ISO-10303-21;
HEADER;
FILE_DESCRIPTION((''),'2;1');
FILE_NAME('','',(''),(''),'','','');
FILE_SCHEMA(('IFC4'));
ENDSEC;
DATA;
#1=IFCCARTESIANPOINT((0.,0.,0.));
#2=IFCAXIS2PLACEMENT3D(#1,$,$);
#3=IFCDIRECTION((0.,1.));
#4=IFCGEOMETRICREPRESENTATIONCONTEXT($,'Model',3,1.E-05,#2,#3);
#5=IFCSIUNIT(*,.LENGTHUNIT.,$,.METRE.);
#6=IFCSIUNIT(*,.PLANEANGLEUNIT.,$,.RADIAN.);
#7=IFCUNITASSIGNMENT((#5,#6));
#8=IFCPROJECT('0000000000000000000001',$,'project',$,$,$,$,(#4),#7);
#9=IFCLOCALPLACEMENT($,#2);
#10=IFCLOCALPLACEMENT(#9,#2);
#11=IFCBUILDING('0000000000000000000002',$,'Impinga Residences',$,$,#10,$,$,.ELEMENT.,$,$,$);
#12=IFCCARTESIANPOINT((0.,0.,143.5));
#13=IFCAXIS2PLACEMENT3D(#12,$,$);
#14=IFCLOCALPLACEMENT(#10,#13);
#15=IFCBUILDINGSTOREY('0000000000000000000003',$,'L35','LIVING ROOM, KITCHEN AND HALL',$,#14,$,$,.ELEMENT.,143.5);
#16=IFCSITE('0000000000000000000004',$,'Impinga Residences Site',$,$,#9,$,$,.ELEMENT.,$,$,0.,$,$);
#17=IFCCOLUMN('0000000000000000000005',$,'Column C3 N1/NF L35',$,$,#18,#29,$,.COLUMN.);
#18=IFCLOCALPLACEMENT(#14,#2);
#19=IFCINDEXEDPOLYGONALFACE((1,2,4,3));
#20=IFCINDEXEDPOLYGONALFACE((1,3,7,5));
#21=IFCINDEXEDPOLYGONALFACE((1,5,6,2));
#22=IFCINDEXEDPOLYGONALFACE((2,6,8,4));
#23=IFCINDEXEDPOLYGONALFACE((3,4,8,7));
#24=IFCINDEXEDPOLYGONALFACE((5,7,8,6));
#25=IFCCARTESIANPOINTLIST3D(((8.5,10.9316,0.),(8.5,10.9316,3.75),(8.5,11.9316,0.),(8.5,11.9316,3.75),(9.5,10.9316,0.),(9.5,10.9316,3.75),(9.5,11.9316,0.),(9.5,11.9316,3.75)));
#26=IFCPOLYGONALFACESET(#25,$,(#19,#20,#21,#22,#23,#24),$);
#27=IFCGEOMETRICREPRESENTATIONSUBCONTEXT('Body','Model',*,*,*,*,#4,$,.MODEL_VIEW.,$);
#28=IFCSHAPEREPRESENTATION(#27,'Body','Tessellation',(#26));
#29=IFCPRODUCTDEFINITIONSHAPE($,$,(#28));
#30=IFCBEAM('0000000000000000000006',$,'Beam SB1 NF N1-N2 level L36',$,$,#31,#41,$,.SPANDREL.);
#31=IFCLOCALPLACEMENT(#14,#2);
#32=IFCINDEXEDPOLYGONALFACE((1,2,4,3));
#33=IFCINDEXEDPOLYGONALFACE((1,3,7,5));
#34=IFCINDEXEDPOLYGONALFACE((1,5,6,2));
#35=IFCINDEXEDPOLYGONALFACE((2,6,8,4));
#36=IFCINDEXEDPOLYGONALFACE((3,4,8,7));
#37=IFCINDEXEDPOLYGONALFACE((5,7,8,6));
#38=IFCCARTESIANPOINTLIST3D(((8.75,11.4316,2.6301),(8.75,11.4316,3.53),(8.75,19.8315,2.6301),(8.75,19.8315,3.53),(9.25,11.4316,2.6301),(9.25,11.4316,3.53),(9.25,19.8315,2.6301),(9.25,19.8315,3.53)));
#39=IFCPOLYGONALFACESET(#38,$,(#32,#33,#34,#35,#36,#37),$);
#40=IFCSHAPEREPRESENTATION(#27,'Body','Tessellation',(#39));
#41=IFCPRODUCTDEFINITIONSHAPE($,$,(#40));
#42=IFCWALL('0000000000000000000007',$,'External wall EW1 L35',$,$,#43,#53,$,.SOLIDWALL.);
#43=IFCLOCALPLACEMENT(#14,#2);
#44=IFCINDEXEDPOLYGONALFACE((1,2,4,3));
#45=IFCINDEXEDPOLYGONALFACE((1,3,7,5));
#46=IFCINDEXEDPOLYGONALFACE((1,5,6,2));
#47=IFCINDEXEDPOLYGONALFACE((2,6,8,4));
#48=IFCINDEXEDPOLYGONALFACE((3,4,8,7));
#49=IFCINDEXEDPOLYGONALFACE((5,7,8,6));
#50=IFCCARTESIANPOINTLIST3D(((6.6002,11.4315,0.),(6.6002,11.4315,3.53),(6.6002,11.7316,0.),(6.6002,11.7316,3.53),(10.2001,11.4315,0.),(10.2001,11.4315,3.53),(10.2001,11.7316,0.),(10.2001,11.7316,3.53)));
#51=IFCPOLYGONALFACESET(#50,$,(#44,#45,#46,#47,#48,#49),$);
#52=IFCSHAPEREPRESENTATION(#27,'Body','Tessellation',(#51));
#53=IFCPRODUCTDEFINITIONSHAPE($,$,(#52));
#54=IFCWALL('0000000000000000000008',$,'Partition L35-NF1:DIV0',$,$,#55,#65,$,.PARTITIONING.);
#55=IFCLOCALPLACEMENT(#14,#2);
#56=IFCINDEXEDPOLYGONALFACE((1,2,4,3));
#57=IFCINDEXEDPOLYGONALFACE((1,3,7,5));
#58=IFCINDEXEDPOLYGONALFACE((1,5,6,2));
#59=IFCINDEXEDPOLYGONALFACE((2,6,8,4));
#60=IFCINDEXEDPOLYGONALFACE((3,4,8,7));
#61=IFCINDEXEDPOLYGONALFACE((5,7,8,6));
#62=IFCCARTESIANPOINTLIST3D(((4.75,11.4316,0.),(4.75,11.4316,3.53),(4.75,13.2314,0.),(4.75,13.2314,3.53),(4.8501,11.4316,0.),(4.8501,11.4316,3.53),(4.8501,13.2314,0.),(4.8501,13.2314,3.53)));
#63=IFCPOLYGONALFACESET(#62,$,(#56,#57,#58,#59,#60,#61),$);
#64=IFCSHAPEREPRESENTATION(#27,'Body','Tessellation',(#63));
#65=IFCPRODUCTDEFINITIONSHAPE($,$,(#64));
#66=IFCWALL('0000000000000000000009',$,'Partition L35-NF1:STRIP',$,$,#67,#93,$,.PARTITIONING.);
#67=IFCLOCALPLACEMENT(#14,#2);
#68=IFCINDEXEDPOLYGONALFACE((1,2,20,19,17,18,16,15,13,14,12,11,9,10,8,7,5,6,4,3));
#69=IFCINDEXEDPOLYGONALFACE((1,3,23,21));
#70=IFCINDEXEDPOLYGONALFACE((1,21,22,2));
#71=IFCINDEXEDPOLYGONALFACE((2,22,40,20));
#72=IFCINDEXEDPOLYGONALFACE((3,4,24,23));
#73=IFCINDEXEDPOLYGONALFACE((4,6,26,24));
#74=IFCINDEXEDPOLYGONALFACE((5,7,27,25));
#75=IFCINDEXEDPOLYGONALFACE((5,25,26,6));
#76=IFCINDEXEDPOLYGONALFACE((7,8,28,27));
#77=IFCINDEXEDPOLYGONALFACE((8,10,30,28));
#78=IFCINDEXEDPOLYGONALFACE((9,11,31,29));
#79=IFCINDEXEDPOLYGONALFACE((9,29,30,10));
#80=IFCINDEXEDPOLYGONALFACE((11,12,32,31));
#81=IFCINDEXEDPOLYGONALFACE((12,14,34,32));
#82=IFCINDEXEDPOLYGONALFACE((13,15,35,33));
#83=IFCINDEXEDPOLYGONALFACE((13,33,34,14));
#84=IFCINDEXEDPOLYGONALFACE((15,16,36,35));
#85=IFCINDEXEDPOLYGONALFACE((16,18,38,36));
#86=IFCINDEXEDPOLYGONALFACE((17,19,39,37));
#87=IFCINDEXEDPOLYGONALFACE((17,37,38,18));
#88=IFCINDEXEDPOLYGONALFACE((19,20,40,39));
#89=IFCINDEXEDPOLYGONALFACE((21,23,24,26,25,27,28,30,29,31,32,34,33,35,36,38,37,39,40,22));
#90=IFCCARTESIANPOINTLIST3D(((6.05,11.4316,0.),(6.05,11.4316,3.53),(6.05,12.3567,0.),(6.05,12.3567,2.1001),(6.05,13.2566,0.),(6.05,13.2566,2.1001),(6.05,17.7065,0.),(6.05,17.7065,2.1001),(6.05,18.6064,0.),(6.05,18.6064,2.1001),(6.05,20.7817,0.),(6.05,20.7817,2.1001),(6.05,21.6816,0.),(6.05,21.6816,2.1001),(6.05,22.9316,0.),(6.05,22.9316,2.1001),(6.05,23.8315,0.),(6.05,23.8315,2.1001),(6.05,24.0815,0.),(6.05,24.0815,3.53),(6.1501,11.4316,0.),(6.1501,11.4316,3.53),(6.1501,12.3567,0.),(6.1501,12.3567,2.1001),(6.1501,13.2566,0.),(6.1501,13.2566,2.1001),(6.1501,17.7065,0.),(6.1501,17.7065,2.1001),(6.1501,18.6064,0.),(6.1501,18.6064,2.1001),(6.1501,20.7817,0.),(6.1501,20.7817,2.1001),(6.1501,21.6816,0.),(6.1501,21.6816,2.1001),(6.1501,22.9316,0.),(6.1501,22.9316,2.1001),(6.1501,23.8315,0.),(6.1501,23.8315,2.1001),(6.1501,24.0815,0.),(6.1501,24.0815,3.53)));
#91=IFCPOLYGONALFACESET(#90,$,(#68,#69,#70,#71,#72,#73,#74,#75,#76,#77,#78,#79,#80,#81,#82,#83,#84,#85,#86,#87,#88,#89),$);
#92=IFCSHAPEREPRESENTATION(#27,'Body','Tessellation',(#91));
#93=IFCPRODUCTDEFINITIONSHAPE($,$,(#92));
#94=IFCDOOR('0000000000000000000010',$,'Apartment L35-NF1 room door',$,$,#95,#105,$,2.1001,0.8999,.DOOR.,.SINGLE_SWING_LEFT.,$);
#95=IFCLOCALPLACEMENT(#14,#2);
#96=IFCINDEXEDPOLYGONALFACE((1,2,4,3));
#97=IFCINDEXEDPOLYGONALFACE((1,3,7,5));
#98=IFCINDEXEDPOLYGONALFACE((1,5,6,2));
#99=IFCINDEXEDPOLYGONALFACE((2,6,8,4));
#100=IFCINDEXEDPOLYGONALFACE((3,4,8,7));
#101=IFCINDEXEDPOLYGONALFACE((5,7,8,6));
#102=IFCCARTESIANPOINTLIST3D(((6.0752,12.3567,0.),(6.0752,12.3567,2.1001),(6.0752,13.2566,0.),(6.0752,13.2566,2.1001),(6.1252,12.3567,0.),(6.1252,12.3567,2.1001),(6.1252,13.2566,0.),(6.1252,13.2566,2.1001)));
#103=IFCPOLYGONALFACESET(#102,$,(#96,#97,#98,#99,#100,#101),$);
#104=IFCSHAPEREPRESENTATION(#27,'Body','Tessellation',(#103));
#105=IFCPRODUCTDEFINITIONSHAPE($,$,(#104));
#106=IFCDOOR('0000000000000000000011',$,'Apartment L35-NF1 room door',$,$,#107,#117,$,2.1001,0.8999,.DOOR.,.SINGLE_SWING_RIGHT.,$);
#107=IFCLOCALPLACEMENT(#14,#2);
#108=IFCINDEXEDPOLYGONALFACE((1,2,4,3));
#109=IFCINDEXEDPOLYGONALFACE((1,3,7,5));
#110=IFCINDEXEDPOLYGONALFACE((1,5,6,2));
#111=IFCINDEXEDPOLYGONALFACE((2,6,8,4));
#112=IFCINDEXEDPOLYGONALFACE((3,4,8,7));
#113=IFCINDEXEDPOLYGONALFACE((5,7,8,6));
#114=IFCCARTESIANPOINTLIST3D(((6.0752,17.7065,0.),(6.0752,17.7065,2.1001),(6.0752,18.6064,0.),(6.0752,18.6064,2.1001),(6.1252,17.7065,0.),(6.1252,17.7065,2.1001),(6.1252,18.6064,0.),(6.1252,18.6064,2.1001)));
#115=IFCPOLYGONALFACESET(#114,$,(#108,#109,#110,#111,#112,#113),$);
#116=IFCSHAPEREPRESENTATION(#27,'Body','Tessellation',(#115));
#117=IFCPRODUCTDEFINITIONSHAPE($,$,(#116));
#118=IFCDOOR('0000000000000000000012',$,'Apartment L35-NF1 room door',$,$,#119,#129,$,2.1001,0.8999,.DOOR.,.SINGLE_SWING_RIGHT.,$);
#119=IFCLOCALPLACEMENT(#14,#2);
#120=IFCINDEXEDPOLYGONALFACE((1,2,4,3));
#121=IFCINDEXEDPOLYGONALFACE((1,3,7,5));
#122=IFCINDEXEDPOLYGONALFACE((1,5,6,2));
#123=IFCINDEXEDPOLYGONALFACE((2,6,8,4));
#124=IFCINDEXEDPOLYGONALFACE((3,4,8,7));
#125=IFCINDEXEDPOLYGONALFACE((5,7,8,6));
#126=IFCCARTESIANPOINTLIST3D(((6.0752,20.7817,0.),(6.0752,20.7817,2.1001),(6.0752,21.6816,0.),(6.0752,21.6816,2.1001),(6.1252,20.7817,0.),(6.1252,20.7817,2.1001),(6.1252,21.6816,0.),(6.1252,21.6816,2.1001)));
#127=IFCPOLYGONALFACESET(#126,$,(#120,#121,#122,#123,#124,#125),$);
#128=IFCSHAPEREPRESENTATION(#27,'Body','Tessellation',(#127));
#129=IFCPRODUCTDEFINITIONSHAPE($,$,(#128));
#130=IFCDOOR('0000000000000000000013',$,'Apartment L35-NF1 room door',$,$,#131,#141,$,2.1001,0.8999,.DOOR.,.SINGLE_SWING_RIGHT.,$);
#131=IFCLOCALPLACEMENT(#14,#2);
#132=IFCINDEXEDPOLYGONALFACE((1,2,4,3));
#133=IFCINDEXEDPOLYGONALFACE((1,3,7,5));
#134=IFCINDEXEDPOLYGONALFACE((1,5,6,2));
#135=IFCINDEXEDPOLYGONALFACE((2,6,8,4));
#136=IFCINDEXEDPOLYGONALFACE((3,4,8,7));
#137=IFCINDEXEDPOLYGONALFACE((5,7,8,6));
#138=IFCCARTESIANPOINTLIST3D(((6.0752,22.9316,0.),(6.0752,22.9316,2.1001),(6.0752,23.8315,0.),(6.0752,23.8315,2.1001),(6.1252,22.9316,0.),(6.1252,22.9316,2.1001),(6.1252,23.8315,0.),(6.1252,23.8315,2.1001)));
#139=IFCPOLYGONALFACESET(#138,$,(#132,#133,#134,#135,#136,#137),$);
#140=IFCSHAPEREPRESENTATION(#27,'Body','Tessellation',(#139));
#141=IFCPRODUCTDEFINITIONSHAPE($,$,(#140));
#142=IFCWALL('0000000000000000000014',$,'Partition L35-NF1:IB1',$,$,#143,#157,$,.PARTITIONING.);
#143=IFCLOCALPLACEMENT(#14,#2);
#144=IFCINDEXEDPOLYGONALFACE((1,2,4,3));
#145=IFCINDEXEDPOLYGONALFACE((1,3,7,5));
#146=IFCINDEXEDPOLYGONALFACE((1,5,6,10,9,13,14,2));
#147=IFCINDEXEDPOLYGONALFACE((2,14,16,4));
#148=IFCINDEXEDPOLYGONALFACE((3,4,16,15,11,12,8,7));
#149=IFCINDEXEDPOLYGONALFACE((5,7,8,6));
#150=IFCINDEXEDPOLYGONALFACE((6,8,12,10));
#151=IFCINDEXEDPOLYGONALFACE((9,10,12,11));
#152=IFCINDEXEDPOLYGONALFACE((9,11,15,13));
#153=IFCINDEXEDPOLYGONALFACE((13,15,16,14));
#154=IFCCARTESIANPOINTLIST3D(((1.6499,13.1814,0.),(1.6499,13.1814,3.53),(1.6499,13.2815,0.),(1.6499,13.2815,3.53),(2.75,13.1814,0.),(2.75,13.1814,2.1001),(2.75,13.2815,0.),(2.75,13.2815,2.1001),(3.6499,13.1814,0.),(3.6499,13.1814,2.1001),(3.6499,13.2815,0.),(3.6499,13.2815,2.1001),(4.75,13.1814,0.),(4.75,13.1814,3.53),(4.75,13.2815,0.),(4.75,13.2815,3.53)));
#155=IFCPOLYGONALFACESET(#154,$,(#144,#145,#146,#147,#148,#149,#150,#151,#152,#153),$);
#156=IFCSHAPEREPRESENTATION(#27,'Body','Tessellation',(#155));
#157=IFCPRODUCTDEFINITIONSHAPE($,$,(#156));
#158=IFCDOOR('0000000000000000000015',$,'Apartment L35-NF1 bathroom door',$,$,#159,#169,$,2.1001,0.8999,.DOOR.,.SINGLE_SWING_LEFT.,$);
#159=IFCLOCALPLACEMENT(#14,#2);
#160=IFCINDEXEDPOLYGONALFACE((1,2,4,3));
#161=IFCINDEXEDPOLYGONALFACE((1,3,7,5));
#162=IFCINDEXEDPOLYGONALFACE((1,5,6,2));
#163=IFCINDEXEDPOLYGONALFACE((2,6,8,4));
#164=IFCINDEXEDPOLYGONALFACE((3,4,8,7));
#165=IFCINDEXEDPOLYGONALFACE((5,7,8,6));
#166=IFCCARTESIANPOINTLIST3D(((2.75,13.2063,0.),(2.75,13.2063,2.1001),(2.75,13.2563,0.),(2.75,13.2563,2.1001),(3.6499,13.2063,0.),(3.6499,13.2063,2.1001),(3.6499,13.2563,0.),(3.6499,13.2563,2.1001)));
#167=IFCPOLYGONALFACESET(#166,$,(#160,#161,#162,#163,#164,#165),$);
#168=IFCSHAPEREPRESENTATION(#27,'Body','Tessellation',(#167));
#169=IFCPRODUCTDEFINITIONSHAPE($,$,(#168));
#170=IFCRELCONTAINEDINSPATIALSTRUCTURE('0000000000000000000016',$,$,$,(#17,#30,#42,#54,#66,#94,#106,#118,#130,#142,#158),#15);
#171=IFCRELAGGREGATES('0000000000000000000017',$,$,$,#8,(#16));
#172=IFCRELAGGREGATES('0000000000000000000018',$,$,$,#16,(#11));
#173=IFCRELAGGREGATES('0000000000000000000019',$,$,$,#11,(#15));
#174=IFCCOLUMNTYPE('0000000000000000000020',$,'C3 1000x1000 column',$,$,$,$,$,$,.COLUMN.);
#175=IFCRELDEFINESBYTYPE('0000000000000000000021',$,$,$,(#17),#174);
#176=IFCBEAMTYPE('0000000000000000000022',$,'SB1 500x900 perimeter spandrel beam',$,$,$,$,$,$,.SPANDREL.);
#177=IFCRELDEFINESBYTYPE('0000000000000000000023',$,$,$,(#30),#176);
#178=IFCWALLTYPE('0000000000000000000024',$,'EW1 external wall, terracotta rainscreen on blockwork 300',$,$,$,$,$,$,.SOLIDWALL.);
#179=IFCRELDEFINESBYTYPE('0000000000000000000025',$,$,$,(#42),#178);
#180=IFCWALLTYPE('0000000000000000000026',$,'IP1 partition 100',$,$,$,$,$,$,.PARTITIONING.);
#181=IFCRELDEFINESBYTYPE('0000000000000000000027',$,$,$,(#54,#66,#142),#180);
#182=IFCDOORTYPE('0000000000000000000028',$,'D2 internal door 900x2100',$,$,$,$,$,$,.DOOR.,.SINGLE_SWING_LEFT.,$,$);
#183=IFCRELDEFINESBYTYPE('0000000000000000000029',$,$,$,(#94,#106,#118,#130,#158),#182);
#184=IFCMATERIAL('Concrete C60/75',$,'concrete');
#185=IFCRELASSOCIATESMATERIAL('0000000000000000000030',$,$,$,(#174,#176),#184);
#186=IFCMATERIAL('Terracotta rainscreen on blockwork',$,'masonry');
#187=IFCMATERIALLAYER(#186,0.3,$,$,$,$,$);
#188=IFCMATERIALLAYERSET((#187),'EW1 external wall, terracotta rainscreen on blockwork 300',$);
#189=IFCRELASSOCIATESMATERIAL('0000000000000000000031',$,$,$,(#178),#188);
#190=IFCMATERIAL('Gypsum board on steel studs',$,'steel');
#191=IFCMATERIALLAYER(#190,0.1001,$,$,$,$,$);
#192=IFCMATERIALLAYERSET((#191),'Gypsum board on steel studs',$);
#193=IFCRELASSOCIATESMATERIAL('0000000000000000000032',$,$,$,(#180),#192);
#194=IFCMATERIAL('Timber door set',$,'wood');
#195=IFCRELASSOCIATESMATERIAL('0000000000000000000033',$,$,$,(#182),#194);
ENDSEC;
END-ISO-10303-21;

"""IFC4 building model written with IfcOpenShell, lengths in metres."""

from ifc_helpers import new_model, si_unit, direction, frame, frame_2d, origin, origin_2d, place, context, subcontext, project, spatial, rectangle, extrude, material, layer, layer_set, material_profile, profile_set, type_object, element, fill, save


model = new_model("IFC4")

# Units and contexts
model_context = context("Model", 3, precision=1e-05, world=origin(), true_north=direction((0.0, 1.0)))
body_context = subcontext(model_context, "Body", "Model", "MODEL_VIEW")
ifc_project = project(units=[si_unit("LENGTHUNIT", "METRE"), si_unit("PLANEANGLEUNIT", "RADIAN")], contexts=[model_context])

# Site, building, storey
site_placement = place(None, origin())
site = spatial("IfcSite", under=ifc_project, at=site_placement, Name="Impinga Residences Site", CompositionType="ELEMENT", RefElevation=0.0)
building_placement = place(site_placement, origin())
building = spatial("IfcBuilding", under=site, at=building_placement, Name="Impinga Residences", CompositionType="ELEMENT")
storey_placement = place(building_placement, frame((0.0, 0.0, 143.5)))
storey = spatial("IfcBuildingStorey", under=building, at=storey_placement, Name="L35", Description="LIVING ROOM, KITCHEN AND HALL", CompositionType="ELEMENT", Elevation=143.5)

# Column
ifc_material_1 = material(Name="Concrete C60/75", Category="concrete")
ifc_material_profile_1 = material_profile(ifc_material_1, rectangle(XDim=1.0, YDim=1.0, at=origin_2d()), Name="RC 1000x1000")
ifc_profile_set_1 = profile_set([ifc_material_profile_1], Name="Concrete C60/75")
column_type = type_object("IfcColumnType", Name="C3 1000x1000 column", PredefinedType="COLUMN", material=ifc_profile_set_1)
column_placement = place(storey_placement, frame((9.0, 11.4316, 0.0), z_axis=(0.0, 0.0, 1.0), x_axis=(1.0, 0.0, 0.0)))
element("IfcColumn", 1, at=column_placement, inside=storey, type_object=column_type, Name="Column C3 N1/NF L35", PredefinedType="COLUMN", context=body_context, shape_type="SweptSolid", body=[
    extrude(rectangle(XDim=1.0, YDim=1.0, at=origin_2d()), origin(), (0.0, 0.0, 1.0), 3.75),
])

# Beam
ifc_material_profile_2 = material_profile(ifc_material_1, rectangle(XDim=0.5, YDim=0.8999, at=origin_2d()), Name="RC 500x900")
ifc_profile_set_2 = profile_set([ifc_material_profile_2], Name="Concrete C60/75")
beam_type = type_object("IfcBeamType", Name="SB1 500x900 perimeter spandrel beam", PredefinedType="SPANDREL", material=ifc_profile_set_2)
beam_placement = place(storey_placement, frame((9.0, 11.4316, 3.0801), z_axis=(0.0, 1.0, 0.0), x_axis=(-1.0, 0.0, 0.0)))
element("IfcBeam", 2, at=beam_placement, inside=storey, type_object=beam_type, Name="Beam SB1 NF N1-N2 level L36", PredefinedType="SPANDREL", context=body_context, shape_type="SweptSolid", body=[
    extrude(rectangle(XDim=0.5, YDim=0.8999, at=origin_2d()), origin(), (0.0, 0.0, 1.0), 8.3999),
])

# Walls
ifc_material_2 = material(Name="Terracotta rainscreen on blockwork", Category="masonry")
ifc_layer_1 = layer(ifc_material_2, 0.3)
ifc_layer_set_1 = layer_set([ifc_layer_1], Name="EW1 external wall, terracotta rainscreen on blockwork 300")
wall_type_1 = type_object("IfcWallType", Name="EW1 external wall, terracotta rainscreen on blockwork 300", PredefinedType="SOLIDWALL", material=ifc_layer_set_1)
wall_1_placement = place(storey_placement, frame((10.2, 11.5815, 0.0), z_axis=(0.0, 0.0, 1.0), x_axis=(-1.0, 0.0, 0.0)))
element("IfcWall", 3, at=wall_1_placement, inside=storey, type_object=wall_type_1, Name="External wall EW1 L35", PredefinedType="SOLIDWALL", context=body_context, shape_type="SweptSolid", body=[
    extrude(rectangle(XDim=3.5999, YDim=0.3, at=frame_2d((1.7998, 0.0))), origin(), (0.0, 0.0, 1.0), 3.53),
])
ifc_material_3 = material(Name="Gypsum board on steel studs", Category="steel")
ifc_layer_2 = layer(ifc_material_3, 0.1001)
ifc_layer_set_2 = layer_set([ifc_layer_2], Name="Gypsum board on steel studs")
wall_type_2 = type_object("IfcWallType", Name="IP1 partition 100", PredefinedType="PARTITIONING", material=ifc_layer_set_2)
wall_2_placement = place(storey_placement, frame((4.8, 11.4316, 0.0), z_axis=(0.0, 0.0, 1.0), x_axis=(0.0, 1.0, 0.0)))
element("IfcWall", 4, at=wall_2_placement, inside=storey, type_object=wall_type_2, Name="Partition L35-NF1:DIV0", PredefinedType="PARTITIONING", context=body_context, shape_type="SweptSolid", body=[
    extrude(rectangle(XDim=1.7998, YDim=0.1001, at=frame_2d((0.8999, 0.0))), origin(), (0.0, 0.0, 1.0), 3.53),
])

# Wall, openings, doors
wall_3_placement = place(storey_placement, frame((6.1001, 11.4316, 0.0), z_axis=(0.0, 0.0, 1.0), x_axis=(0.0, 1.0, 0.0)))
wall_3 = element("IfcWall", 5, at=wall_3_placement, inside=storey, type_object=wall_type_2, Name="Partition L35-NF1:STRIP", PredefinedType="PARTITIONING", context=body_context, shape_type="SweptSolid", body=[
    extrude(rectangle(XDim=12.6499, YDim=0.1001, at=frame_2d((6.325, 0.0))), origin(), (0.0, 0.0, 1.0), 3.53),
])
opening_1_placement = place(wall_3_placement, frame((0.925, 0.0, 0.0)))
opening_1 = element("IfcOpeningElement", 6, at=opening_1_placement, cuts=wall_3, PredefinedType="OPENING", context=body_context, shape_type="SweptSolid", body=[
    extrude(rectangle(XDim=0.8999, YDim=2.1001, at=frame_2d((0.45, 1.05))), frame((0.0, 0.0601, 0.0), z_axis=(0.0, -1.0, 0.0), x_axis=(1.0, 0.0, 0.0)), (0.0, 0.0, 1.0), 0.1201),
])
opening_2_placement = place(wall_3_placement, frame((6.2749, 0.0, 0.0)))
opening_2 = element("IfcOpeningElement", 7, at=opening_2_placement, cuts=wall_3, PredefinedType="OPENING", context=body_context, shape_type="SweptSolid", body=[
    extrude(rectangle(XDim=0.8999, YDim=2.1001, at=frame_2d((0.45, 1.05))), frame((0.0, 0.0601, 0.0), z_axis=(0.0, -1.0, 0.0), x_axis=(1.0, 0.0, 0.0)), (0.0, 0.0, 1.0), 0.1201),
])
opening_3_placement = place(wall_3_placement, frame((9.3501, 0.0, 0.0)))
opening_3 = element("IfcOpeningElement", 8, at=opening_3_placement, cuts=wall_3, PredefinedType="OPENING", context=body_context, shape_type="SweptSolid", body=[
    extrude(rectangle(XDim=0.8999, YDim=2.1001, at=frame_2d((0.45, 1.05))), frame((0.0, 0.0601, 0.0), z_axis=(0.0, -1.0, 0.0), x_axis=(1.0, 0.0, 0.0)), (0.0, 0.0, 1.0), 0.1201),
])
opening_4_placement = place(wall_3_placement, frame((11.5, 0.0, 0.0)))
opening_4 = element("IfcOpeningElement", 9, at=opening_4_placement, cuts=wall_3, PredefinedType="OPENING", context=body_context, shape_type="SweptSolid", body=[
    extrude(rectangle(XDim=0.8999, YDim=2.1001, at=frame_2d((0.45, 1.05))), frame((0.0, 0.0601, 0.0), z_axis=(0.0, -1.0, 0.0), x_axis=(1.0, 0.0, 0.0)), (0.0, 0.0, 1.0), 0.1201),
])
ifc_material_4 = material(Name="Timber door set", Category="wood")
door_type_1 = type_object("IfcDoorType", Name="D2 internal door 900x2100", OperationType="SINGLE_SWING_LEFT", PredefinedType="DOOR", material=ifc_material_4)
door_1_placement = place(opening_1_placement, origin())
door_1 = element("IfcDoor", 10, at=door_1_placement, inside=storey, type_object=door_type_1, Name="Apartment L35-NF1 room door", OperationType="SINGLE_SWING_LEFT", OverallHeight=2.1001, OverallWidth=0.8999, PredefinedType="DOOR", context=body_context, shape_type="SweptSolid", body=[
    extrude(rectangle(XDim=0.8999, YDim=2.1001, at=frame_2d((0.45, 1.05))), frame((0.0, 0.0249, 0.0), z_axis=(0.0, -1.0, 0.0), x_axis=(1.0, 0.0, 0.0)), (0.0, 0.0, 1.0), 0.05),
])
fill(opening_1, door_1)
door_2_placement = place(opening_2_placement, origin())
door_2 = element("IfcDoor", 11, at=door_2_placement, inside=storey, type_object=door_type_1, Name="Apartment L35-NF1 room door", OperationType="SINGLE_SWING_RIGHT", OverallHeight=2.1001, OverallWidth=0.8999, PredefinedType="DOOR", context=body_context, shape_type="SweptSolid", body=[
    extrude(rectangle(XDim=0.8999, YDim=2.1001, at=frame_2d((0.45, 1.05))), frame((0.0, 0.0249, 0.0), z_axis=(0.0, -1.0, 0.0), x_axis=(1.0, 0.0, 0.0)), (0.0, 0.0, 1.0), 0.05),
])
fill(opening_2, door_2)
door_3_placement = place(opening_3_placement, origin())
door_3 = element("IfcDoor", 12, at=door_3_placement, inside=storey, type_object=door_type_1, Name="Apartment L35-NF1 room door", OperationType="SINGLE_SWING_RIGHT", OverallHeight=2.1001, OverallWidth=0.8999, PredefinedType="DOOR", context=body_context, shape_type="SweptSolid", body=[
    extrude(rectangle(XDim=0.8999, YDim=2.1001, at=frame_2d((0.45, 1.05))), frame((0.0, 0.0249, 0.0), z_axis=(0.0, -1.0, 0.0), x_axis=(1.0, 0.0, 0.0)), (0.0, 0.0, 1.0), 0.05),
])
fill(opening_3, door_3)
door_4_placement = place(opening_4_placement, origin())
door_4 = element("IfcDoor", 13, at=door_4_placement, inside=storey, type_object=door_type_1, Name="Apartment L35-NF1 room door", OperationType="SINGLE_SWING_RIGHT", OverallHeight=2.1001, OverallWidth=0.8999, PredefinedType="DOOR", context=body_context, shape_type="SweptSolid", body=[
    extrude(rectangle(XDim=0.8999, YDim=2.1001, at=frame_2d((0.45, 1.05))), frame((0.0, 0.0249, 0.0), z_axis=(0.0, -1.0, 0.0), x_axis=(1.0, 0.0, 0.0)), (0.0, 0.0, 1.0), 0.05),
])
fill(opening_4, door_4)

# Wall, opening, door
wall_4_placement = place(storey_placement, frame((1.6499, 13.2314, 0.0), z_axis=(0.0, 0.0, 1.0), x_axis=(1.0, 0.0, 0.0)))
wall_4 = element("IfcWall", 14, at=wall_4_placement, inside=storey, type_object=wall_type_2, Name="Partition L35-NF1:IB1", PredefinedType="PARTITIONING", context=body_context, shape_type="SweptSolid", body=[
    extrude(rectangle(XDim=3.1001, YDim=0.1001, at=frame_2d((1.55, 0.0))), origin(), (0.0, 0.0, 1.0), 3.53),
])
opening_5_placement = place(wall_4_placement, frame((1.1001, 0.0, 0.0)))
opening_5 = element("IfcOpeningElement", 15, at=opening_5_placement, cuts=wall_4, PredefinedType="OPENING", context=body_context, shape_type="SweptSolid", body=[
    extrude(rectangle(XDim=0.8999, YDim=2.1001, at=frame_2d((0.45, 1.05))), frame((0.0, 0.0601, 0.0), z_axis=(0.0, -1.0, 0.0), x_axis=(1.0, 0.0, 0.0)), (0.0, 0.0, 1.0), 0.1201),
])
door_5_placement = place(opening_5_placement, origin())
door_5 = element("IfcDoor", 16, at=door_5_placement, inside=storey, type_object=door_type_1, Name="Apartment L35-NF1 bathroom door", OperationType="SINGLE_SWING_LEFT", OverallHeight=2.1001, OverallWidth=0.8999, PredefinedType="DOOR", context=body_context, shape_type="SweptSolid", body=[
    extrude(rectangle(XDim=0.8999, YDim=2.1001, at=frame_2d((0.45, 1.05))), frame((0.0, 0.0249, 0.0), z_axis=(0.0, -1.0, 0.0), x_axis=(1.0, 0.0, 0.0)), (0.0, 0.0, 1.0), 0.05),
])
fill(opening_5, door_5)

save(model, "model.ifc")
